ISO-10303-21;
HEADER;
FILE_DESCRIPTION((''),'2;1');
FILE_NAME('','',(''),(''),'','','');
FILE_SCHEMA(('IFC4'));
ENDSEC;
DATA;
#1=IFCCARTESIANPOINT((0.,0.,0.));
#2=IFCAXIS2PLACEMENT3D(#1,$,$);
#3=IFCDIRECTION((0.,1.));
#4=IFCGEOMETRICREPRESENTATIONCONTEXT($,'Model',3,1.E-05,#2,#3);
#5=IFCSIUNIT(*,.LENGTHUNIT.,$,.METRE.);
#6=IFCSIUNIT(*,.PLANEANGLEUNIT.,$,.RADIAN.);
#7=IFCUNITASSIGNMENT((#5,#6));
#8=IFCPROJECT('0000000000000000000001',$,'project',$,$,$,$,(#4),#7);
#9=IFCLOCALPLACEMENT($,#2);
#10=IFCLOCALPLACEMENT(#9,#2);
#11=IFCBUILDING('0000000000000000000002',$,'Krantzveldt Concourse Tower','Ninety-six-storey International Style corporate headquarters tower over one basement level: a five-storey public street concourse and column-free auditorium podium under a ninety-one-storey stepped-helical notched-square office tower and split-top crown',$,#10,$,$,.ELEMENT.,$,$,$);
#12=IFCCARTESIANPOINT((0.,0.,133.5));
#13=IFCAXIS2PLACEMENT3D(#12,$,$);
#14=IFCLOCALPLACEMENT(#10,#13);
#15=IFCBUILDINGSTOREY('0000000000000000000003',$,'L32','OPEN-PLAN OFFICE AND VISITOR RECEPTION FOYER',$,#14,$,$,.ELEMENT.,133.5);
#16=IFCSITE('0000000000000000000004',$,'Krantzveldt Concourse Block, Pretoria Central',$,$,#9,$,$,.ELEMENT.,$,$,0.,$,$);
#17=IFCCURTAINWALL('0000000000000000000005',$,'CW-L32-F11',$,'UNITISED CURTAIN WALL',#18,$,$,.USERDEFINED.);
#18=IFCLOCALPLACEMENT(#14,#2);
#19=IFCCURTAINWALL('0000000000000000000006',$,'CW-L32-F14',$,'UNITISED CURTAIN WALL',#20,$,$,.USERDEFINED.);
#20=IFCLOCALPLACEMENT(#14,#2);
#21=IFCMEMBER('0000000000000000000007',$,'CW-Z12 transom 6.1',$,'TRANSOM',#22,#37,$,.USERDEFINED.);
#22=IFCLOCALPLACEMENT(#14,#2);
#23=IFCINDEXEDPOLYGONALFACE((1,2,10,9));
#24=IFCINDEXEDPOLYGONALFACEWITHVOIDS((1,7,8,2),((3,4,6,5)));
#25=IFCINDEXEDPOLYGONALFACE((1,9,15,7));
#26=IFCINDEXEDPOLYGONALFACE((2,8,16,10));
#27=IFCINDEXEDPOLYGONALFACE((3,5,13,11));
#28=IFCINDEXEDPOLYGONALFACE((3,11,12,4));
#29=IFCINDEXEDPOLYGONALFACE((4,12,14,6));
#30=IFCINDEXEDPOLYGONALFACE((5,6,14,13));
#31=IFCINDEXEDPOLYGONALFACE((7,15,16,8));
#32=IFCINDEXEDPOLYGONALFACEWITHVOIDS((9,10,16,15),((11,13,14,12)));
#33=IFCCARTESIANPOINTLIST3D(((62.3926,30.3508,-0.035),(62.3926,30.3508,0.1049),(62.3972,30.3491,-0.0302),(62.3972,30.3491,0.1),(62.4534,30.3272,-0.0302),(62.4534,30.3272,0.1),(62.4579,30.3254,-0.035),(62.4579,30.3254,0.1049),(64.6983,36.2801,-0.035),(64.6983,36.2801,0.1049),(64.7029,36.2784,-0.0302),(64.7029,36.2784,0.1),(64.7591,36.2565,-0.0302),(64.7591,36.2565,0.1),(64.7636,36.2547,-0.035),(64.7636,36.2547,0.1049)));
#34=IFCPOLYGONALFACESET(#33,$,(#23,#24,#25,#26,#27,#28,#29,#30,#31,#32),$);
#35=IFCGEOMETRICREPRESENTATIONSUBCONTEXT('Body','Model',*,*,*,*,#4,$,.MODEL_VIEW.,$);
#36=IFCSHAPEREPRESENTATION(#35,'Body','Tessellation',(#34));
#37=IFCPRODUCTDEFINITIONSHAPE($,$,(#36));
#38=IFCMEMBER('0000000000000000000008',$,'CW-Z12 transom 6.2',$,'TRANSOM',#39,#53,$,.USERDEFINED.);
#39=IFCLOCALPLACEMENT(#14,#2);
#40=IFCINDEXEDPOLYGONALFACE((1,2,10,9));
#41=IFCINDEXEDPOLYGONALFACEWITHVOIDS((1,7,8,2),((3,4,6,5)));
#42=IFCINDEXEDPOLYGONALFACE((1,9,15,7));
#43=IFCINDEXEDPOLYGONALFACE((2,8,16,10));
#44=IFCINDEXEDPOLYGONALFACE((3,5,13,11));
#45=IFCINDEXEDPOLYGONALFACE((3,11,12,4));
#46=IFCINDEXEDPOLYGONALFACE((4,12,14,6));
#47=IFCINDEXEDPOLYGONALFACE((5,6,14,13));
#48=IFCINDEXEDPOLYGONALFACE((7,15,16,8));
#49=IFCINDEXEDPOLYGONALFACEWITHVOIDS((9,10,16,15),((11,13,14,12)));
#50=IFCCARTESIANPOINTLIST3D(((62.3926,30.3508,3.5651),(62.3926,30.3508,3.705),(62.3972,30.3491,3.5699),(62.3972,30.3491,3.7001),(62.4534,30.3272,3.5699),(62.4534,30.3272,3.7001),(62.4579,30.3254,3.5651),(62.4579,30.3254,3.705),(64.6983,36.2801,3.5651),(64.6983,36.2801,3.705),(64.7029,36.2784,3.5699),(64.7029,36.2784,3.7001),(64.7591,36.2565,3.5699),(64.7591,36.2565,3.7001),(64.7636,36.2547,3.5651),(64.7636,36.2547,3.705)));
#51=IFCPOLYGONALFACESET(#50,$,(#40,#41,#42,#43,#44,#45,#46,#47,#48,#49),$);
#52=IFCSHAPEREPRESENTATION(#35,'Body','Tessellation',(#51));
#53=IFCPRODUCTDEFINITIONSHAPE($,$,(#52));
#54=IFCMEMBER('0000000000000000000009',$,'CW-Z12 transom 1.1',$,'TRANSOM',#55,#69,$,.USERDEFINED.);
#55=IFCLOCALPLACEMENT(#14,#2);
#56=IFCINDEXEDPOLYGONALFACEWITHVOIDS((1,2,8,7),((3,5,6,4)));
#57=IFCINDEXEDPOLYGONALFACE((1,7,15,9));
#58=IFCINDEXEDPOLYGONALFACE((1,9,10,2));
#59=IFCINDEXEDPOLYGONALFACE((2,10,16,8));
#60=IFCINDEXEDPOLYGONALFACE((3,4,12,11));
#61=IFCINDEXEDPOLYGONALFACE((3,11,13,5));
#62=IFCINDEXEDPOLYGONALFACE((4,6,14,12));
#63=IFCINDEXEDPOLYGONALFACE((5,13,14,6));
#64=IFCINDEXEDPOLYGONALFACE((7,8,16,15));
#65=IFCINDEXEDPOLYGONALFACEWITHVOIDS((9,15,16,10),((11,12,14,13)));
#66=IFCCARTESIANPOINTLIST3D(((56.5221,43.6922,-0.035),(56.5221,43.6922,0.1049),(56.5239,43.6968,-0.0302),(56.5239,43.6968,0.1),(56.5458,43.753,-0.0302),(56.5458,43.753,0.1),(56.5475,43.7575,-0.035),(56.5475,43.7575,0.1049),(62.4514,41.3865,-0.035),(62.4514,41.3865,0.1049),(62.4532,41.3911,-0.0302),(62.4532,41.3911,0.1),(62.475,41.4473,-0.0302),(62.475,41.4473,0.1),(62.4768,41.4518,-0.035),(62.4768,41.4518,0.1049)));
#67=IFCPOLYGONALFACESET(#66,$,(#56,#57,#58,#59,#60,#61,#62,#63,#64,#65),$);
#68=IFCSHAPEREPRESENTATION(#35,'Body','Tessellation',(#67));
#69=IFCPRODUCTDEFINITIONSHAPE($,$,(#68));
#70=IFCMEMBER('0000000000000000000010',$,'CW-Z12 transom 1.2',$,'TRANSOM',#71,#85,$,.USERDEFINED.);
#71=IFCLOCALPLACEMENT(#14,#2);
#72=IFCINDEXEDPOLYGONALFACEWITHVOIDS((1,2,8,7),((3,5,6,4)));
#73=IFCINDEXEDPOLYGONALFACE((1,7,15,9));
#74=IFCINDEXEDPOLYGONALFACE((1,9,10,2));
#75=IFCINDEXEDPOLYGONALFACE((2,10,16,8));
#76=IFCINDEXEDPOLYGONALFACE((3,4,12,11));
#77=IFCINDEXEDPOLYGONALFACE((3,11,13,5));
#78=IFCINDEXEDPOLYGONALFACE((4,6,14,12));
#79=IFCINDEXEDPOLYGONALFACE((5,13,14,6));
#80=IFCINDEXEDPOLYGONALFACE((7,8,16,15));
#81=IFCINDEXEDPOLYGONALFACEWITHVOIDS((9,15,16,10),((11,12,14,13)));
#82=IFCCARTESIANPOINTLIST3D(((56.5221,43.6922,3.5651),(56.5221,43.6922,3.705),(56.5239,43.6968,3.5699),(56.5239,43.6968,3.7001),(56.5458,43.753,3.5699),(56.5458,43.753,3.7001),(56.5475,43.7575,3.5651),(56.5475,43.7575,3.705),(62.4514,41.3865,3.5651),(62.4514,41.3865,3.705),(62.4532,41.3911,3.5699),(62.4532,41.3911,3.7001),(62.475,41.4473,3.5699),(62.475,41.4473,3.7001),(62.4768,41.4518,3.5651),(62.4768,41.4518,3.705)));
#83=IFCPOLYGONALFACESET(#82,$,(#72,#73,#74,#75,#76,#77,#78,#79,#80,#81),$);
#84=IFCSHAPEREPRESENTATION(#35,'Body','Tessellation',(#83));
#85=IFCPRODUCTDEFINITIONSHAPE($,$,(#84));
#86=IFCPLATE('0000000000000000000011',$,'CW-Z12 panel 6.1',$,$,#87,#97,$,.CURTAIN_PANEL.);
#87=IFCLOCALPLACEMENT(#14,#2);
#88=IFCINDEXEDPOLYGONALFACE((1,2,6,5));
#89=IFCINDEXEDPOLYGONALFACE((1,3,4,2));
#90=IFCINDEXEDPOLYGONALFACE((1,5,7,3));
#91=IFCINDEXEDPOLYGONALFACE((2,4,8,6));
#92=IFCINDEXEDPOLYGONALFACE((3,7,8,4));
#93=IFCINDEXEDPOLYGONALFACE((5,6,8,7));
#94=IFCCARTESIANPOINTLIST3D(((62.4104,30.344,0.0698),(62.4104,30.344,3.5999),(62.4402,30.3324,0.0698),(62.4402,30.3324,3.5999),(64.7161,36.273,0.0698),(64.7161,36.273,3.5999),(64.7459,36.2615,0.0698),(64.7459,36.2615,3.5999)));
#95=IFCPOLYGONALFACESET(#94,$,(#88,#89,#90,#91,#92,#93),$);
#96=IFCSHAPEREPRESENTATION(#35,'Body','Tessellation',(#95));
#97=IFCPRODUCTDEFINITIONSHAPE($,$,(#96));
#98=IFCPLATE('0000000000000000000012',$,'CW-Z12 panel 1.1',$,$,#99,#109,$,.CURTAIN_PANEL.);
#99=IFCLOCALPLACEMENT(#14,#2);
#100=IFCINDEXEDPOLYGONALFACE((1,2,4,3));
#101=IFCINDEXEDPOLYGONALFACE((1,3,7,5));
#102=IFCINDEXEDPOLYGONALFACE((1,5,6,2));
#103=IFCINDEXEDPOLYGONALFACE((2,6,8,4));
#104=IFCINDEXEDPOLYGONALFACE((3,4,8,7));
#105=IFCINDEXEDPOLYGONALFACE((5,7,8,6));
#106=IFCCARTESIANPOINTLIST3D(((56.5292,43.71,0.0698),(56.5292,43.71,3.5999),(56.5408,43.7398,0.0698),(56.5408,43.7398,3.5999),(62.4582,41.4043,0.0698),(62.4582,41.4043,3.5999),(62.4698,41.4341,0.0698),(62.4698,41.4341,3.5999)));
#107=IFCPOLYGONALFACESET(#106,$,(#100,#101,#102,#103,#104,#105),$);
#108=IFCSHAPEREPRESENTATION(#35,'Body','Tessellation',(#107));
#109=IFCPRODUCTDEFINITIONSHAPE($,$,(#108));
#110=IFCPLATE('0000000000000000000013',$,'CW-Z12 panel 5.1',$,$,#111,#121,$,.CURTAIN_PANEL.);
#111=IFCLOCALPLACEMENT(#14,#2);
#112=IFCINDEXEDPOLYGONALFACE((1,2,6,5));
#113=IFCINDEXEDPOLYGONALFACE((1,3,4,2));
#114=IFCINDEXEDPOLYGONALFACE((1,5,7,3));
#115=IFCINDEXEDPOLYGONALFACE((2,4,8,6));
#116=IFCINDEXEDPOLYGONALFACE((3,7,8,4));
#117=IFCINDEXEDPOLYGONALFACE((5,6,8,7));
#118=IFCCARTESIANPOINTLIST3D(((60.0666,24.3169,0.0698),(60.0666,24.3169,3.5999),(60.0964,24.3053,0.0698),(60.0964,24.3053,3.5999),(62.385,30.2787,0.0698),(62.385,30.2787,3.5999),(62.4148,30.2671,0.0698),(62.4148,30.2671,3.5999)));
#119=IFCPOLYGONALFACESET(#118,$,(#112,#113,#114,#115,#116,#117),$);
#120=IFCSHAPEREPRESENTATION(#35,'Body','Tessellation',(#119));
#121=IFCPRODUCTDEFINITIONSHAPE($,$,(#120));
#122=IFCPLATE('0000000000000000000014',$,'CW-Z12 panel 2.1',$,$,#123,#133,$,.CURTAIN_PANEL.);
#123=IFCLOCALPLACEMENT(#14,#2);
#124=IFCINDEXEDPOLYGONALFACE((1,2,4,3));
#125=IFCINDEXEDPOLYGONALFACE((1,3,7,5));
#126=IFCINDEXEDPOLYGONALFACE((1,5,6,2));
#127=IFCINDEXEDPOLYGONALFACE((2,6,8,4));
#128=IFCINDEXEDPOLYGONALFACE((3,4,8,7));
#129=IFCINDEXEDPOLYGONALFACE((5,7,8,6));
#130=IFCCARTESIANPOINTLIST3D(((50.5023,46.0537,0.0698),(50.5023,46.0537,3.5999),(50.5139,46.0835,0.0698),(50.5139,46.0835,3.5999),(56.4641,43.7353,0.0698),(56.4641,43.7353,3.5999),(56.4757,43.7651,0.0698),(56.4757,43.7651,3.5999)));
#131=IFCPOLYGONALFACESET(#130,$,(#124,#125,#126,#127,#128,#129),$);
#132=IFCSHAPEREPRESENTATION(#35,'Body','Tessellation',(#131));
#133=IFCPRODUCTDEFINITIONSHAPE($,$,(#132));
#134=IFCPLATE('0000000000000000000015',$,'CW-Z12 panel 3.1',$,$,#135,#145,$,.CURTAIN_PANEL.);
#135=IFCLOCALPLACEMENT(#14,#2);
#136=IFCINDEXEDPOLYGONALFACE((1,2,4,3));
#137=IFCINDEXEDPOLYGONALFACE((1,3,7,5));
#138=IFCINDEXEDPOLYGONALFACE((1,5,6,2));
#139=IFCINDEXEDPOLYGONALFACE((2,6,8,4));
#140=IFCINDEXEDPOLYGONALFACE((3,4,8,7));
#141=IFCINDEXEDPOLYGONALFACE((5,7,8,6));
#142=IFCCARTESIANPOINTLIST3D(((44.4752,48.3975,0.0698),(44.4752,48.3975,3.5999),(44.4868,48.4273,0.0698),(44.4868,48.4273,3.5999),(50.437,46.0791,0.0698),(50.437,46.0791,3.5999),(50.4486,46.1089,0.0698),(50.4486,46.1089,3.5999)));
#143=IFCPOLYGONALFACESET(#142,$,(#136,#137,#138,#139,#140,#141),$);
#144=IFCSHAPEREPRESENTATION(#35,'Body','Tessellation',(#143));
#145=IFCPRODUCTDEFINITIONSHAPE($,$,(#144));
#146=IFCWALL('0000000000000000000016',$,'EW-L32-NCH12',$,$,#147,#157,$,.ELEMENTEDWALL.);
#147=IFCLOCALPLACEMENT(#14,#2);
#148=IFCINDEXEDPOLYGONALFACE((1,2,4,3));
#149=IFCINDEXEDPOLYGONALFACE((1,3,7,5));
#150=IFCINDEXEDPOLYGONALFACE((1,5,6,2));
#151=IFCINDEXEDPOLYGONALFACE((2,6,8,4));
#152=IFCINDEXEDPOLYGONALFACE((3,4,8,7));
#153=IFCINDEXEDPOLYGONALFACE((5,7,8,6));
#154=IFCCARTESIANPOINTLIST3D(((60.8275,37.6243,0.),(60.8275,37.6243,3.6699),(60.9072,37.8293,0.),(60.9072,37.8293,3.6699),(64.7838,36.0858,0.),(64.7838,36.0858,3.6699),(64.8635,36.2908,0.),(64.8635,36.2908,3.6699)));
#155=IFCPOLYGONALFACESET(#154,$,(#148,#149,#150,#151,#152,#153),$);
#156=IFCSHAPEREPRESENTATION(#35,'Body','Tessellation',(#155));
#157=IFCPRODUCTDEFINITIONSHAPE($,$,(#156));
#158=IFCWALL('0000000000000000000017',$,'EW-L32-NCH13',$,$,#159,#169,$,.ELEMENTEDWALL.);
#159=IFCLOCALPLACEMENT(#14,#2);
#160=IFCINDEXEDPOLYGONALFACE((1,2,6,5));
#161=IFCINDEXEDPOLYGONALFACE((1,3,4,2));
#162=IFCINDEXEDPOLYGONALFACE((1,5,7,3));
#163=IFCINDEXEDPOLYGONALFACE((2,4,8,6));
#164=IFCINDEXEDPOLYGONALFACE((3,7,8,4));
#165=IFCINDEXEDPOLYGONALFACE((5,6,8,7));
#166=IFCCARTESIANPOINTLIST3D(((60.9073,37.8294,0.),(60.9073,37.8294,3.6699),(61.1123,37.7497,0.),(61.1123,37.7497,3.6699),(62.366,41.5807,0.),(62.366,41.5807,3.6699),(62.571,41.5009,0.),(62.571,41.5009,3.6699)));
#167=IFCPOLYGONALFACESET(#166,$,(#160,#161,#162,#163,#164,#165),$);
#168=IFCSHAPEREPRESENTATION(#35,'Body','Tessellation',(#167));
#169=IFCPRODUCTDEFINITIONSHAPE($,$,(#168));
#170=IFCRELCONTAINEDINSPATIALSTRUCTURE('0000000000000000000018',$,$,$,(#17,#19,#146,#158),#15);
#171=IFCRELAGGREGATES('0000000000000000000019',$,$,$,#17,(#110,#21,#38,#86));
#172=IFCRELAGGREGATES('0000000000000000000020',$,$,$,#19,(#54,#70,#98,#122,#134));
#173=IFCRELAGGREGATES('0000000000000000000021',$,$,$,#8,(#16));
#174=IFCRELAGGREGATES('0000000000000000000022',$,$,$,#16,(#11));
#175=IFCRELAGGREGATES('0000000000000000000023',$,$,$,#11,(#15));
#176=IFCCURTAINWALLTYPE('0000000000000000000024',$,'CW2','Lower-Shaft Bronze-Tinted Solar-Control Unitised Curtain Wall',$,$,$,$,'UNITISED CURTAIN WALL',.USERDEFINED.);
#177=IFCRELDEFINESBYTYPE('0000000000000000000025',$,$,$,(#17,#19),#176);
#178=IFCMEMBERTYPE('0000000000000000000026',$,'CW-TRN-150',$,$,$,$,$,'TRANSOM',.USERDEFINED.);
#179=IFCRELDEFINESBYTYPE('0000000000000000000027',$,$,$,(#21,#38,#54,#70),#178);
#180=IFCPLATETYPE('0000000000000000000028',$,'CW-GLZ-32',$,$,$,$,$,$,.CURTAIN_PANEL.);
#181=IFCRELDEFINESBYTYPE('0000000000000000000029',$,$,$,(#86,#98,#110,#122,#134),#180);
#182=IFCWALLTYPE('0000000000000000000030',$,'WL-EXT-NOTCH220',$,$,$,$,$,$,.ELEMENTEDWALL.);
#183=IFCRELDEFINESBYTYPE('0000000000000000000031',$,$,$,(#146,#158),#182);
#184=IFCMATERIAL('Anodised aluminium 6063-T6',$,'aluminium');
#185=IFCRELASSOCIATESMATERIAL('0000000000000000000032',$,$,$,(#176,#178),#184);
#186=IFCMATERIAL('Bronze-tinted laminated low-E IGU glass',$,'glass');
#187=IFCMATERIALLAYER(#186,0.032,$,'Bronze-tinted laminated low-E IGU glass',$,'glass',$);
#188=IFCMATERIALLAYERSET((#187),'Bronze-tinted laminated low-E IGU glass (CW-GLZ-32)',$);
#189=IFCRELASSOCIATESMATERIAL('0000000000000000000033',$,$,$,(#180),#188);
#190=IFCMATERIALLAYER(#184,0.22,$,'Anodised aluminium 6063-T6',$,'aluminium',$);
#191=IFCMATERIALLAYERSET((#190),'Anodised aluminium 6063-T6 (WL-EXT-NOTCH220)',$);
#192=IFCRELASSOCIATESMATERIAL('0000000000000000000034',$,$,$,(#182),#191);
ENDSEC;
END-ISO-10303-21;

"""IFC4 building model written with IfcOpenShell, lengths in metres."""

from ifc_helpers import new_model, si_unit, direction, frame, frame_2d, origin, origin_2d, place, context, subcontext, project, spatial, rectangle, hollow_rectangle, extrude, source, transform, mapped, material, layer, layer_set, material_profile, profile_set, type_object, type_shapes, element, aggregate, save


model = new_model("IFC4")

# Units and contexts
model_context = context("Model", 3, precision=1e-05, world=origin(), true_north=direction((0.0, 1.0)))
body_context = subcontext(model_context, "Body", "Model", "MODEL_VIEW")
ifc_project = project(units=[si_unit("LENGTHUNIT", "METRE"), si_unit("PLANEANGLEUNIT", "RADIAN")], contexts=[model_context])

# Site, building, storey
site_placement = place(None, origin())
site = spatial("IfcSite", under=ifc_project, at=site_placement, Name="Krantzveldt Concourse Block, Pretoria Central", CompositionType="ELEMENT", RefElevation=0.0)
building_placement = place(site_placement, origin())
building = spatial("IfcBuilding", under=site, at=building_placement, Name="Krantzveldt Concourse Tower", Description="Ninety-six-storey International Style corporate headquarters tower over one basement level: a five-storey public street concourse and column-free auditorium podium under a ninety-one-storey stepped-helical notched-square office tower and split-top crown", CompositionType="ELEMENT")
storey_placement = place(building_placement, frame((0.0, 0.0, 133.5)))
storey = spatial("IfcBuildingStorey", under=building, at=storey_placement, Name="L32", Description="OPEN-PLAN OFFICE AND VISITOR RECEPTION FOYER", CompositionType="ELEMENT", Elevation=133.5)

# Curtain walls
ifc_material_1 = material(Name="Anodised aluminium 6063-T6", Category="aluminium")
curtain_wall_type = type_object("IfcCurtainWallType", Name="CW2", Description="Lower-Shaft Bronze-Tinted Solar-Control Unitised Curtain Wall", ElementType="UNITISED CURTAIN WALL", PredefinedType="USERDEFINED", material=ifc_material_1)
curtain_wall_1_placement = place(storey_placement, origin())
curtain_wall_1 = element("IfcCurtainWall", 1, at=curtain_wall_1_placement, inside=storey, type_object=curtain_wall_type, Name="CW-L32-F11", ObjectType="UNITISED CURTAIN WALL", PredefinedType="USERDEFINED")
curtain_wall_2_placement = place(storey_placement, origin())
curtain_wall_2 = element("IfcCurtainWall", 2, at=curtain_wall_2_placement, inside=storey, type_object=curtain_wall_type, Name="CW-L32-F14", ObjectType="UNITISED CURTAIN WALL", PredefinedType="USERDEFINED")
ifc_material_profile_1 = material_profile(ifc_material_1, hollow_rectangle(XDim=0.0701, YDim=0.1399, WallThickness=0.0049, at=origin_2d()), Name="Anodised aluminium 6063-T6", Category="aluminium")
ifc_profile_set_1 = profile_set([ifc_material_profile_1], Name="Anodised aluminium 6063-T6 - ALU-TRAN 140x70x5")
member_type_1 = type_object("IfcMemberType", Name="CW-TRN-150", ElementType="TRANSOM", PredefinedType="USERDEFINED", material=ifc_profile_set_1)

# Members
shared_shape_1 = source(origin(), body_context, "Body", "SweptSolid", [
    extrude(hollow_rectangle(XDim=0.0701, YDim=0.1399, WallThickness=0.0049, at=origin_2d()), origin(), (0.0, 0.0, 1.0), 6.3618),
])
member_1_placement = place(storey_placement, frame((62.4253, 30.3381, 0.0349), z_axis=(0.362428, 0.932012, 0.0), x_axis=(-0.932012, 0.362428, 0.0)))
member_1 = element("IfcMember", 3, at=member_1_placement, type_object=member_type_1, Name="CW-Z12 transom 6.1", ObjectType="TRANSOM", PredefinedType="USERDEFINED", context=body_context, shape_type="MappedRepresentation", body=[
    mapped(shared_shape_1, transform((0.0, 0.0, 0.0), x_axis=(1.0, 0.0, 0.0), y_axis=(0.0, 1.0, 0.0), z_axis=(0.0, 0.0, 1.0), scale=1.0)),
])
member_2_placement = place(storey_placement, frame((62.4253, 30.3381, 3.635), z_axis=(0.362428, 0.932012, 0.0), x_axis=(-0.932012, 0.362428, 0.0)))
member_2 = element("IfcMember", 4, at=member_2_placement, type_object=member_type_1, Name="CW-Z12 transom 6.2", ObjectType="TRANSOM", PredefinedType="USERDEFINED", context=body_context, shape_type="MappedRepresentation", body=[
    mapped(shared_shape_1, transform((0.0, 0.0, 0.0), x_axis=(1.0, 0.0, 0.0), y_axis=(0.0, 1.0, 0.0), z_axis=(0.0, 0.0, 1.0), scale=1.0)),
])
member_3_placement = place(storey_placement, frame((62.4641, 41.4192, 0.0349), z_axis=(-0.932012, 0.362428, 0.0), x_axis=(-0.362428, -0.932012, 0.0)))
member_3 = element("IfcMember", 5, at=member_3_placement, type_object=member_type_1, Name="CW-Z12 transom 1.1", ObjectType="TRANSOM", PredefinedType="USERDEFINED", context=body_context, shape_type="MappedRepresentation", body=[
    mapped(shared_shape_1, transform((0.0, 0.0, 0.0), x_axis=(1.0, 0.0, 0.0), y_axis=(0.0, 1.0, 0.0), z_axis=(0.0, 0.0, 1.0), scale=1.0)),
])
member_4_placement = place(storey_placement, frame((62.4641, 41.4192, 3.635), z_axis=(-0.932012, 0.362428, 0.0), x_axis=(-0.362428, -0.932012, 0.0)))
member_4 = element("IfcMember", 6, at=member_4_placement, type_object=member_type_1, Name="CW-Z12 transom 1.2", ObjectType="TRANSOM", PredefinedType="USERDEFINED", context=body_context, shape_type="MappedRepresentation", body=[
    mapped(shared_shape_1, transform((0.0, 0.0, 0.0), x_axis=(1.0, 0.0, 0.0), y_axis=(0.0, 1.0, 0.0), z_axis=(0.0, 0.0, 1.0), scale=1.0)),
])

# Plates
ifc_material_2 = material(Name="Bronze-tinted laminated low-E IGU glass", Category="glass")
ifc_layer_1 = layer(ifc_material_2, 0.032, Name="Bronze-tinted laminated low-E IGU glass", Category="glass")
ifc_layer_set_1 = layer_set([ifc_layer_1], Name="Bronze-tinted laminated low-E IGU glass (CW-GLZ-32)")
plate_type = type_object("IfcPlateType", Name="CW-GLZ-32", PredefinedType="CURTAIN_PANEL", material=ifc_layer_set_1)
shared_shape_2 = source(origin(), body_context, "Body", "SweptSolid", [
    extrude(rectangle(XDim=6.3616, YDim=0.032, at=origin_2d()), origin(), (0.0, 0.0, 1.0), 3.53),
])
plate_1_placement = place(storey_placement, frame((63.5781, 33.3027, 0.0698), z_axis=(0.0, 0.0, 1.0), x_axis=(0.362438, 0.932008, 0.0)))
plate_1 = element("IfcPlate", 7, at=plate_1_placement, type_object=plate_type, Name="CW-Z12 panel 6.1", PredefinedType="CURTAIN_PANEL", context=body_context, shape_type="MappedRepresentation", body=[
    mapped(shared_shape_2, transform((0.0, 0.0, 0.0), x_axis=(1.0, 0.0, 0.0), y_axis=(0.0, 1.0, 0.0), z_axis=(0.0, 0.0, 1.0), scale=1.0)),
])
plate_2_placement = place(storey_placement, frame((59.4995, 42.572, 0.0698), z_axis=(0.0, 0.0, 1.0), x_axis=(-0.932008, 0.362438, 0.0)))
plate_2 = element("IfcPlate", 8, at=plate_2_placement, type_object=plate_type, Name="CW-Z12 panel 1.1", PredefinedType="CURTAIN_PANEL", context=body_context, shape_type="MappedRepresentation", body=[
    mapped(shared_shape_2, transform((0.0, 0.0, 0.0), x_axis=(1.0, 0.0, 0.0), y_axis=(0.0, 1.0, 0.0), z_axis=(0.0, 0.0, 1.0), scale=1.0)),
])
shared_shape_3 = source(origin(), body_context, "Body", "SweptSolid", [
    extrude(rectangle(XDim=6.3967, YDim=0.032, at=origin_2d()), origin(), (0.0, 0.0, 1.0), 3.53),
])
type_shapes(plate_type, [shared_shape_2, shared_shape_3])
plate_3_placement = place(storey_placement, frame((61.2407, 27.292, 0.0698), z_axis=(0.0, 0.0, 1.0), x_axis=(0.362438, 0.932008, 0.0)))
plate_3 = element("IfcPlate", 9, at=plate_3_placement, type_object=plate_type, Name="CW-Z12 panel 5.1", PredefinedType="CURTAIN_PANEL", context=body_context, shape_type="MappedRepresentation", body=[
    mapped(shared_shape_3, transform((0.0, 0.0, 0.0), x_axis=(1.0, 0.0, 0.0), y_axis=(0.0, 1.0, 0.0), z_axis=(0.0, 0.0, 1.0), scale=1.0)),
])
aggregate(curtain_wall_1, [plate_3, member_1, member_2, plate_1])
plate_4_placement = place(storey_placement, frame((53.489, 44.9094, 0.0698), z_axis=(0.0, 0.0, 1.0), x_axis=(-0.932008, 0.362438, 0.0)))
plate_4 = element("IfcPlate", 10, at=plate_4_placement, type_object=plate_type, Name="CW-Z12 panel 2.1", PredefinedType="CURTAIN_PANEL", context=body_context, shape_type="MappedRepresentation", body=[
    mapped(shared_shape_3, transform((0.0, 0.0, 0.0), x_axis=(1.0, 0.0, 0.0), y_axis=(0.0, 1.0, 0.0), z_axis=(0.0, 0.0, 1.0), scale=1.0)),
])
plate_5_placement = place(storey_placement, frame((47.4619, 47.2532, 0.0698), z_axis=(0.0, 0.0, 1.0), x_axis=(-0.932008, 0.362438, 0.0)))
plate_5 = element("IfcPlate", 11, at=plate_5_placement, type_object=plate_type, Name="CW-Z12 panel 3.1", PredefinedType="CURTAIN_PANEL", context=body_context, shape_type="MappedRepresentation", body=[
    mapped(shared_shape_3, transform((0.0, 0.0, 0.0), x_axis=(1.0, 0.0, 0.0), y_axis=(0.0, 1.0, 0.0), z_axis=(0.0, 0.0, 1.0), scale=1.0)),
])
aggregate(curtain_wall_2, [member_3, member_4, plate_2, plate_4, plate_5])

# Walls
ifc_layer_2 = layer(ifc_material_1, 0.22, Name="Anodised aluminium 6063-T6", Category="aluminium")
ifc_layer_set_2 = layer_set([ifc_layer_2], Name="Anodised aluminium 6063-T6 (WL-EXT-NOTCH220)")
wall_type = type_object("IfcWallType", Name="WL-EXT-NOTCH220", PredefinedType="ELEMENTEDWALL", material=ifc_layer_set_2)
wall_1_placement = place(storey_placement, frame((64.8237, 36.1882, 0.0), z_axis=(0.0, 0.0, 1.0), x_axis=(-0.932004, 0.362449, 0.0)))
element("IfcWall", 12, at=wall_1_placement, inside=storey, type_object=wall_type, Name="EW-L32-NCH12", PredefinedType="ELEMENTEDWALL", context=body_context, shape_type="SweptSolid", body=[
    extrude(rectangle(XDim=4.2449, YDim=0.22, at=frame_2d((2.1226, 0.0))), origin(), (0.0, 0.0, 1.0), 3.6699),
])
wall_2_placement = place(storey_placement, frame((61.0098, 37.7896, 0.0), z_axis=(0.0, 0.0, 1.0), x_axis=(0.362432, 0.93201, 0.0)))
element("IfcWall", 13, at=wall_2_placement, inside=storey, type_object=wall_type, Name="EW-L32-NCH13", PredefinedType="ELEMENTEDWALL", context=body_context, shape_type="SweptSolid", body=[
    extrude(rectangle(XDim=4.0249, YDim=0.22, at=frame_2d((2.0125, 0.0))), origin(), (0.0, 0.0, 1.0), 3.6699),
])

save(model, "model.ifc")
